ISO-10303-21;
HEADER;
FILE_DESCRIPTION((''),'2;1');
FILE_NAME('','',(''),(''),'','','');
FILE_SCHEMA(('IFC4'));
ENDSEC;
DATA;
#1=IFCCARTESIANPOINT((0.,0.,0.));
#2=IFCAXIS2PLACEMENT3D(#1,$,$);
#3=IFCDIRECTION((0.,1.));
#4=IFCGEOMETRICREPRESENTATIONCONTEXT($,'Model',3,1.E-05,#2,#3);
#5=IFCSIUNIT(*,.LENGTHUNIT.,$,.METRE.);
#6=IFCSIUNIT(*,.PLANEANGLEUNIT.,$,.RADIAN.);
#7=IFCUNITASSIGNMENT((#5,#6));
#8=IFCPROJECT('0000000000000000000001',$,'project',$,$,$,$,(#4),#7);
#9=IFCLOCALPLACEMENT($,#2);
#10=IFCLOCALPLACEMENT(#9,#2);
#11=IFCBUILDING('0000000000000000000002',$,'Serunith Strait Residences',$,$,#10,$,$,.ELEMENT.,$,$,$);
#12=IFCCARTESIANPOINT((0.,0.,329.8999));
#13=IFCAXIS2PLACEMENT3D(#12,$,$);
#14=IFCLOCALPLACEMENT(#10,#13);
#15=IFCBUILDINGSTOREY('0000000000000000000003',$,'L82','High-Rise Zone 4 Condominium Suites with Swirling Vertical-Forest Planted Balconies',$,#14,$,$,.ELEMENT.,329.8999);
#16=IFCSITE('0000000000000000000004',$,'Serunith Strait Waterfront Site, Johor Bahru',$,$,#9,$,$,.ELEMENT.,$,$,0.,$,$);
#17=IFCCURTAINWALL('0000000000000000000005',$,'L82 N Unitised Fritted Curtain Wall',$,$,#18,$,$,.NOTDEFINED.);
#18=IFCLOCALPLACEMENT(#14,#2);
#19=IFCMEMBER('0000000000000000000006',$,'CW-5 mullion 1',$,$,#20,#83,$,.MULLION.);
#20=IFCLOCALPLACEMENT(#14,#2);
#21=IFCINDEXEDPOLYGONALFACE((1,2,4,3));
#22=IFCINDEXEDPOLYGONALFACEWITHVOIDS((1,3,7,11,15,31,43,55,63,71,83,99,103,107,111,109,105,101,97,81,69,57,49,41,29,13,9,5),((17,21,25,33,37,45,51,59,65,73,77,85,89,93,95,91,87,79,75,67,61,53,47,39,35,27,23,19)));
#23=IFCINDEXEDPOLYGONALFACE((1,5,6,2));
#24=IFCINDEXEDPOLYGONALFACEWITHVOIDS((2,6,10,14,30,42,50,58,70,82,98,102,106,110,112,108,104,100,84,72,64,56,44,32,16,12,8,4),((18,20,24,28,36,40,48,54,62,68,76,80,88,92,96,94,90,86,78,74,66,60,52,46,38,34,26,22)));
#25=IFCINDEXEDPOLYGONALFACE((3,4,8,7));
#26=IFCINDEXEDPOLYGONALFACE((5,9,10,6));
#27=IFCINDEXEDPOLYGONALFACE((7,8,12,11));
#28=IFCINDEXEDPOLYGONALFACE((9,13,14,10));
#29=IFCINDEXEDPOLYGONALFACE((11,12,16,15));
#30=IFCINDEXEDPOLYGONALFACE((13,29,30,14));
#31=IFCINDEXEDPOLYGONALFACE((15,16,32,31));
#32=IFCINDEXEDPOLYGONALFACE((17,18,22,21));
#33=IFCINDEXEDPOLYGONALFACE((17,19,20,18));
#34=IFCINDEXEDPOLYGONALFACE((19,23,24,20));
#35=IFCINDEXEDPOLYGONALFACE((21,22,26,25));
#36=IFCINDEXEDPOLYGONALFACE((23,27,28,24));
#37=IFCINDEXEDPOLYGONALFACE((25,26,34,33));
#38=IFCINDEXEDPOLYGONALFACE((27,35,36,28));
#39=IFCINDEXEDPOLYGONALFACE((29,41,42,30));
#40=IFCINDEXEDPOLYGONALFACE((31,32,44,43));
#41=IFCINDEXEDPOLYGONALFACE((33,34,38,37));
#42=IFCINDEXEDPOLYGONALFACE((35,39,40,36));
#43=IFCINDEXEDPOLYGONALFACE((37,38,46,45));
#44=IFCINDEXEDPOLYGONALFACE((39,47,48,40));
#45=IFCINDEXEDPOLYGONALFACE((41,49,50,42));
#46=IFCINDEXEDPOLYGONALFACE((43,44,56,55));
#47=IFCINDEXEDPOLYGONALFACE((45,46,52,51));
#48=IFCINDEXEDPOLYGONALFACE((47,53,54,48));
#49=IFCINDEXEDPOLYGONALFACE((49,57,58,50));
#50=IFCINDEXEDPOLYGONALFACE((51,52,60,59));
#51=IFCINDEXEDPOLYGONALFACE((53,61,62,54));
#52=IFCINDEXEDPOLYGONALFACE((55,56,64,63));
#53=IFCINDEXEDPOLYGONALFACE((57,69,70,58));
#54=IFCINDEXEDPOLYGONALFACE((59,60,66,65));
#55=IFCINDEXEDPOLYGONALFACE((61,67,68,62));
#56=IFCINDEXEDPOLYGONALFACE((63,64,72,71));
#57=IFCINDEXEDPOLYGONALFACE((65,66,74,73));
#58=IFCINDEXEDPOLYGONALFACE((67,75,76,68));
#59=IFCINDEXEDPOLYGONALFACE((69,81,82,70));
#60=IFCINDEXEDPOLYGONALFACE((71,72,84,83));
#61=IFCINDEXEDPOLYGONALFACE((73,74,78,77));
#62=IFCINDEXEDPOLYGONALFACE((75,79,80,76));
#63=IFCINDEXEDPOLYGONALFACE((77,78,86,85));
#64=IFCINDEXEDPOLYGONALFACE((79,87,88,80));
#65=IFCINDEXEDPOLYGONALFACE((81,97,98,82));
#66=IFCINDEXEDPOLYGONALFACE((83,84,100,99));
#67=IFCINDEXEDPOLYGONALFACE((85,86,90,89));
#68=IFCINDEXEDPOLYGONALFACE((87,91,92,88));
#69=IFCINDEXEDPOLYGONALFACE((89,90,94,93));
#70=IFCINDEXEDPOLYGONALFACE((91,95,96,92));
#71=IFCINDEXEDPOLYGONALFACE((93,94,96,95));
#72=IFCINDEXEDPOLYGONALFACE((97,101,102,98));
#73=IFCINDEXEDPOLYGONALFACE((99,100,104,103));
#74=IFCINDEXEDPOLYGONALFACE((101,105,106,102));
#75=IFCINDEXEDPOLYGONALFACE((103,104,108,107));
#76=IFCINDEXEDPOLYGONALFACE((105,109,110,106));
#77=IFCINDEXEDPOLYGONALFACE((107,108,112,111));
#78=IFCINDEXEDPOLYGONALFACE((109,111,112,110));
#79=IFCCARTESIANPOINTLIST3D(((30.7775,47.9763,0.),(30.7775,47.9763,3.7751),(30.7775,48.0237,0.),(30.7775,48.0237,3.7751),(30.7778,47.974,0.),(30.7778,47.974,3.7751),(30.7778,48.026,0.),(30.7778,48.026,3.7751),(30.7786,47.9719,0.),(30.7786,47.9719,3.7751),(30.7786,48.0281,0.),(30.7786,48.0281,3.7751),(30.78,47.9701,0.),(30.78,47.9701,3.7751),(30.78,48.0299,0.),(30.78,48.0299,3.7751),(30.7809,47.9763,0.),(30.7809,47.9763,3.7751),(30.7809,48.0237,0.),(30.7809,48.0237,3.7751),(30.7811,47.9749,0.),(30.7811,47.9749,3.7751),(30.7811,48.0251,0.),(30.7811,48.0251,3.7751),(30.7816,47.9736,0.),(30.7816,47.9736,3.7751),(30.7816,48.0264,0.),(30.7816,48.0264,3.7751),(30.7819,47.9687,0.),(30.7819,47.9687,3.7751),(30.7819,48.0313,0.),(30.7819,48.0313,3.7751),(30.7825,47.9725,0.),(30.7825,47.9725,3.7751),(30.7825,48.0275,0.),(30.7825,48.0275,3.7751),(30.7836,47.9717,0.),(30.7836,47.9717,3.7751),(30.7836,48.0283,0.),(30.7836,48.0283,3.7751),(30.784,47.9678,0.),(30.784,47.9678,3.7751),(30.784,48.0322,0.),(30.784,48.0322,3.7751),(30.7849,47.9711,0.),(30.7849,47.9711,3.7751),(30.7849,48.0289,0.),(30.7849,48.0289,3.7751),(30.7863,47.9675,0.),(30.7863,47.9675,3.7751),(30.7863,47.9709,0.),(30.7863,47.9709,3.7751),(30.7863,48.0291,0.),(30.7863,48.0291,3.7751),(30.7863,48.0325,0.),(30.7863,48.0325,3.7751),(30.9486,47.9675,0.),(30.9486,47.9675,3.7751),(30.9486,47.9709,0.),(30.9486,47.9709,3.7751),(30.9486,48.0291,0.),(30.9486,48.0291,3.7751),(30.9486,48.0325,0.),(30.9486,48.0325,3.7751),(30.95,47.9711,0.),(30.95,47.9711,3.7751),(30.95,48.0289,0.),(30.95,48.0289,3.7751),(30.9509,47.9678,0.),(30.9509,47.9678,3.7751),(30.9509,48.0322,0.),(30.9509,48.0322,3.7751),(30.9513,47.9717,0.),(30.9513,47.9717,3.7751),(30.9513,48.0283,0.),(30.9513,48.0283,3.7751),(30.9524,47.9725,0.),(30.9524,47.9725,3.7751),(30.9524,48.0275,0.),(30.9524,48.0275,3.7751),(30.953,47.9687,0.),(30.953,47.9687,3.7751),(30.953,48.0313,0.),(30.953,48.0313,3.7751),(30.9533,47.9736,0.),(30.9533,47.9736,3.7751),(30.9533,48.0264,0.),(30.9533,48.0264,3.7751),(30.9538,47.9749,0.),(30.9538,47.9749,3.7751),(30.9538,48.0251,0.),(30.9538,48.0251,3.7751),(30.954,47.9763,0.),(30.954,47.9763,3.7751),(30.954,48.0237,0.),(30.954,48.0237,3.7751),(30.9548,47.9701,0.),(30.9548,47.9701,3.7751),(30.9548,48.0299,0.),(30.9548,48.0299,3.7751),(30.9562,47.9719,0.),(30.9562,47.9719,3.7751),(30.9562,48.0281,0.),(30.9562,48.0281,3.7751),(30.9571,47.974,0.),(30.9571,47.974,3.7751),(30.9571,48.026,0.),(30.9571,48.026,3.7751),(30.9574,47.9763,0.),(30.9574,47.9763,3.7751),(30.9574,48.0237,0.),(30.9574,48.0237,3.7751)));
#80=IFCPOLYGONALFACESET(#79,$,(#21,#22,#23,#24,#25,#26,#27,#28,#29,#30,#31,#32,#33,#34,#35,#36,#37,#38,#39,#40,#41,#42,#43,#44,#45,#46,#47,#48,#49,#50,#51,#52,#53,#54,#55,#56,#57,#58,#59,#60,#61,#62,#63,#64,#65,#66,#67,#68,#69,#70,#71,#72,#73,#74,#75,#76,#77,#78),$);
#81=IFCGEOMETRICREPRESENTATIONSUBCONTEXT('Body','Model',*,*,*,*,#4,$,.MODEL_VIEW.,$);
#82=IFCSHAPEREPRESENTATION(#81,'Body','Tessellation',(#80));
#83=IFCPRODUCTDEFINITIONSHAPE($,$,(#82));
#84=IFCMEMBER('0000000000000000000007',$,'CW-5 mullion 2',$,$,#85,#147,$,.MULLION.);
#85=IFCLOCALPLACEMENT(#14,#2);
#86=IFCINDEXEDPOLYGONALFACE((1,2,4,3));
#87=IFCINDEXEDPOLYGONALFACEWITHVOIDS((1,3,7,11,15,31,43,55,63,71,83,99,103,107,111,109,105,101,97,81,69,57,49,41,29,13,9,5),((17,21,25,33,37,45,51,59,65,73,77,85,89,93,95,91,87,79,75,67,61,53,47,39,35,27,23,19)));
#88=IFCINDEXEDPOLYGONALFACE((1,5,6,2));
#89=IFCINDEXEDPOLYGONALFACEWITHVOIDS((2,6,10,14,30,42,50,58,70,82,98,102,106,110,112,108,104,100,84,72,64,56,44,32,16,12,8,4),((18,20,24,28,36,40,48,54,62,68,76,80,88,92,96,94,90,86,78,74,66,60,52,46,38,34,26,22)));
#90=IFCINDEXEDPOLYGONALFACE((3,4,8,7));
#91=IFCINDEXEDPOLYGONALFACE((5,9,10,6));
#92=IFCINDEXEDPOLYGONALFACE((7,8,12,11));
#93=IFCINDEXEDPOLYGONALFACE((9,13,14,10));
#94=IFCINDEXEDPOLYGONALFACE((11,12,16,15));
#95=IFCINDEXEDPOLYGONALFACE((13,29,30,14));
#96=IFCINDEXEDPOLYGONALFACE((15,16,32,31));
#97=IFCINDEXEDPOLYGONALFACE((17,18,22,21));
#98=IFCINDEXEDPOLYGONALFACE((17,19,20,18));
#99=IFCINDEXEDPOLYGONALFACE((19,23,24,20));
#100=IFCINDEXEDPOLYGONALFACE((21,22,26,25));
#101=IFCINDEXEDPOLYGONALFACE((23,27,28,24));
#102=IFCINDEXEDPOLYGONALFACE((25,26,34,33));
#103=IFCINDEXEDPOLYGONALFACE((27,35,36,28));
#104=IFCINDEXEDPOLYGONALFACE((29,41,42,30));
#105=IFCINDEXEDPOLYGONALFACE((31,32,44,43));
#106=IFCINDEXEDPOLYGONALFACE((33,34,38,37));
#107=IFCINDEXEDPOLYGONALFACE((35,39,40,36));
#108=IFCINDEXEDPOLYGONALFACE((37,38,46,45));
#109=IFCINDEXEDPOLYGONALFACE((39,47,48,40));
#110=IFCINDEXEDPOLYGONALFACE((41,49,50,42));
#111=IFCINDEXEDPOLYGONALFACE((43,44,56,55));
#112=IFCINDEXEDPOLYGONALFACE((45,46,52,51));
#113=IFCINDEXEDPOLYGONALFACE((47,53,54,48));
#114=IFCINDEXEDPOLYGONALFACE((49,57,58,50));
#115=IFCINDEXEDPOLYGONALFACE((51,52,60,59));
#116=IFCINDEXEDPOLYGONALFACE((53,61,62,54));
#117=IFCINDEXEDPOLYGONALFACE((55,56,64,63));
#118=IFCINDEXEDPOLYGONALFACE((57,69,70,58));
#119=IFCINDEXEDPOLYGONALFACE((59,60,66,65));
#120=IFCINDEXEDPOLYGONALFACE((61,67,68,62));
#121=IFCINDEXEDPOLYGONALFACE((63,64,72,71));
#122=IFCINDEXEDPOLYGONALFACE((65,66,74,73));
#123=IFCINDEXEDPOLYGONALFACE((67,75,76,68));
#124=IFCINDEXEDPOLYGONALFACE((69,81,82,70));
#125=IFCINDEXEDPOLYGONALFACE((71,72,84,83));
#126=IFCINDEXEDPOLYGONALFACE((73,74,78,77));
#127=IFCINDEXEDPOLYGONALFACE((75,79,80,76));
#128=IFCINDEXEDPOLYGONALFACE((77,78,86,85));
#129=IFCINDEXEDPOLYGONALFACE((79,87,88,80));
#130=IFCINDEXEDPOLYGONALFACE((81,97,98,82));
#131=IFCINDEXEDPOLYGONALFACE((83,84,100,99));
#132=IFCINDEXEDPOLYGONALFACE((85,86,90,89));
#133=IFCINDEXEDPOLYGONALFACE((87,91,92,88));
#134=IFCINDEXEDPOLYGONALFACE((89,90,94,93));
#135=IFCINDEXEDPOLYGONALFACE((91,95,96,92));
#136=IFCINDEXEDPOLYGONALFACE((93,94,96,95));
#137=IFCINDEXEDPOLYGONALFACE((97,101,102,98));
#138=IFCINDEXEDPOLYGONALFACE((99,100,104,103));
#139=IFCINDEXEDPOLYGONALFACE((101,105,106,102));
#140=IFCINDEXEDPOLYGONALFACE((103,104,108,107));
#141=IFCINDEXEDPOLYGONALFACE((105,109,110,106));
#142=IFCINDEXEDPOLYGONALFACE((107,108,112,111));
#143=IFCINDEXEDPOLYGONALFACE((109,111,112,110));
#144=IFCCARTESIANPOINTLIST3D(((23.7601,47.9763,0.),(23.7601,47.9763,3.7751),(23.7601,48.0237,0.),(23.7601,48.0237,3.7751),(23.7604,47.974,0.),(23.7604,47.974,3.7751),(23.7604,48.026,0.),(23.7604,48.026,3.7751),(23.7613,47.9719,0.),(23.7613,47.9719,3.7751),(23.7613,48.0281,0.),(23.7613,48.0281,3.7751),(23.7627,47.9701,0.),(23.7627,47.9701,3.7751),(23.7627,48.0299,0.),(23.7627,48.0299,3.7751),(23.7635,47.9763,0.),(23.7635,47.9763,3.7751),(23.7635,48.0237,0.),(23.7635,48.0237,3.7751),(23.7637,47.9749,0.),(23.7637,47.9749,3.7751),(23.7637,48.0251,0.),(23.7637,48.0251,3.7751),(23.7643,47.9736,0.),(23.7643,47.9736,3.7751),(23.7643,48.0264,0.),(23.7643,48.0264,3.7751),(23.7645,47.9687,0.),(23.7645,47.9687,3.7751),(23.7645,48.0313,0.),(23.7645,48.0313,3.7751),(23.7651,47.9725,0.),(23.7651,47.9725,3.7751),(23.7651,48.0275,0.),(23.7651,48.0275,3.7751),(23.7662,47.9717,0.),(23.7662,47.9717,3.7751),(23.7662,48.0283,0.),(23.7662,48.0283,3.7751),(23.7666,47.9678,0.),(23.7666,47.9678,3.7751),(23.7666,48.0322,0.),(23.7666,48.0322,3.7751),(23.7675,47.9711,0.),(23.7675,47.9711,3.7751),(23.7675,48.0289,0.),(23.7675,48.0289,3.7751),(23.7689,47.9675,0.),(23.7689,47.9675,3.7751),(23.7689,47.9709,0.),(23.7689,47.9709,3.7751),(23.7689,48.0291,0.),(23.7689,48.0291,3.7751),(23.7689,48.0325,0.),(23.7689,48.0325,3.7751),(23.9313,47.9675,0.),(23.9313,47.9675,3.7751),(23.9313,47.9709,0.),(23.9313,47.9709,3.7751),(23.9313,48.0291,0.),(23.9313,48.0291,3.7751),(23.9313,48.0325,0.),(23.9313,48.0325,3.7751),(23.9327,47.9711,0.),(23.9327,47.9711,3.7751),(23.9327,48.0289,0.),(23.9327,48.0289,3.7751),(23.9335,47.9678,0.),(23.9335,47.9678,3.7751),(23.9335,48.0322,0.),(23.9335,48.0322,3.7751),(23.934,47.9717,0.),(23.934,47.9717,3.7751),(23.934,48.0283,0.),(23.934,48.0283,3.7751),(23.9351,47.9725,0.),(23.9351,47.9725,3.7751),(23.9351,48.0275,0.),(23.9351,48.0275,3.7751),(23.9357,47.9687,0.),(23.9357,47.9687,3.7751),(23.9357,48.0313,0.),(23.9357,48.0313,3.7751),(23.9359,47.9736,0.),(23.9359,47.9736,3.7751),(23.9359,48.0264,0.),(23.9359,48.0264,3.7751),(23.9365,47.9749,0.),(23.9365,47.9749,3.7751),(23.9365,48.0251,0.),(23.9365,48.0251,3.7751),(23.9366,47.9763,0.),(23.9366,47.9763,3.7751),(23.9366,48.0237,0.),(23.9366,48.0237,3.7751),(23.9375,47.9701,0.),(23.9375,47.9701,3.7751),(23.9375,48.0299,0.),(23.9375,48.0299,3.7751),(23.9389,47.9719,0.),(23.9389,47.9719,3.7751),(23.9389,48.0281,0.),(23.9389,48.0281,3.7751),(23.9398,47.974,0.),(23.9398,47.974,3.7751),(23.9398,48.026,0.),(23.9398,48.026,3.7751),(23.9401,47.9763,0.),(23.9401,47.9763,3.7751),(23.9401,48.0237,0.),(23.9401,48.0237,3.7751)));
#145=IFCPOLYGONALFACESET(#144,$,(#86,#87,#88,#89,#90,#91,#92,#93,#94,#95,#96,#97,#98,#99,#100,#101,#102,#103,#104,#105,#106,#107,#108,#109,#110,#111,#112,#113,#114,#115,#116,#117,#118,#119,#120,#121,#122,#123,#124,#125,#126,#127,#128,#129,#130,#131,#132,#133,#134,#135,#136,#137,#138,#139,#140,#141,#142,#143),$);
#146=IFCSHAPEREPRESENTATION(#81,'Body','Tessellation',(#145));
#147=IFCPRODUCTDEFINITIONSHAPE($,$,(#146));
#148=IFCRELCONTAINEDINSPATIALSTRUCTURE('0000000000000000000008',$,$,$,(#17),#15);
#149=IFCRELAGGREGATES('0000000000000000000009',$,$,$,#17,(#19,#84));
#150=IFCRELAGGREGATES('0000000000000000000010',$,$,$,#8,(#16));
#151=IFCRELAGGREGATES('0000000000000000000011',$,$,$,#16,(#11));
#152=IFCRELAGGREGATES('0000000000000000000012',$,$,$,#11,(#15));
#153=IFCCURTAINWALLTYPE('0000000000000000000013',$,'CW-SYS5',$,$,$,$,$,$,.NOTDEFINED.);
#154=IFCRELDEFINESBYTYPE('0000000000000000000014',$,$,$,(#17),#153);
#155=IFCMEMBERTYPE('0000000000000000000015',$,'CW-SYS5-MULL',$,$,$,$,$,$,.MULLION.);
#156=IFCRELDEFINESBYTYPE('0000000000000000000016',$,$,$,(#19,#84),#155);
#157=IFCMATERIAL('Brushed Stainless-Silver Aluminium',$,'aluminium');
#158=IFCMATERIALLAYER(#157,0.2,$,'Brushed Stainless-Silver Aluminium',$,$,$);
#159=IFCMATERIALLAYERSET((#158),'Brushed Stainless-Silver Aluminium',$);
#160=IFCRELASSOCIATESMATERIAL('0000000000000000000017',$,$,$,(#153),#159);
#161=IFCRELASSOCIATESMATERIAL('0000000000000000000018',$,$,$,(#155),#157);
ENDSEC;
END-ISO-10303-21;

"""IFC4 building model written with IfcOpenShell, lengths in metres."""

from ifc_helpers import new_model, si_unit, direction, frame, origin, origin_2d, place, context, subcontext, project, spatial, hollow_rectangle, extrude, source, transform, mapped, material, layer, layer_set, material_profile, profile_set, type_object, element, aggregate, save


model = new_model("IFC4")

# Units and contexts
model_context = context("Model", 3, precision=1e-05, world=origin(), true_north=direction((0.0, 1.0)))
body_context = subcontext(model_context, "Body", "Model", "MODEL_VIEW")
ifc_project = project(units=[si_unit("LENGTHUNIT", "METRE"), si_unit("PLANEANGLEUNIT", "RADIAN")], contexts=[model_context])

# Site, building, storey
site_placement = place(None, origin())
site = spatial("IfcSite", under=ifc_project, at=site_placement, Name="Serunith Strait Waterfront Site, Johor Bahru", CompositionType="ELEMENT", RefElevation=0.0)
building_placement = place(site_placement, origin())
building = spatial("IfcBuilding", under=site, at=building_placement, Name="Serunith Strait Residences", CompositionType="ELEMENT")
storey_placement = place(building_placement, frame((0.0, 0.0, 329.8999)))
storey = spatial("IfcBuildingStorey", under=building, at=storey_placement, Name="L82", Description="High-Rise Zone 4 Condominium Suites with Swirling Vertical-Forest Planted Balconies", CompositionType="ELEMENT", Elevation=329.8999)

# Curtain wall, members
ifc_material_1 = material(Name="Brushed Stainless-Silver Aluminium", Category="aluminium")
ifc_layer_1 = layer(ifc_material_1, 0.2, Name="Brushed Stainless-Silver Aluminium")
ifc_layer_set_1 = layer_set([ifc_layer_1], Name="Brushed Stainless-Silver Aluminium")
curtain_wall_type = type_object("IfcCurtainWallType", Name="CW-SYS5", PredefinedType="NOTDEFINED", material=ifc_layer_set_1)
curtain_wall_placement = place(storey_placement, origin())
curtain_wall = element("IfcCurtainWall", 1, at=curtain_wall_placement, inside=storey, type_object=curtain_wall_type, Name="L82 N Unitised Fritted Curtain Wall", PredefinedType="NOTDEFINED")
ifc_material_profile_1 = material_profile(ifc_material_1, hollow_rectangle(XDim=0.0649, YDim=0.1799, WallThickness=0.0034, InnerFilletRadius=0.0054, OuterFilletRadius=0.0088, at=origin_2d()), Name="ALU 180x65x3.5")
ifc_profile_set_1 = profile_set([ifc_material_profile_1], Name="Brushed Stainless-Silver Aluminium")
member_type_1 = type_object("IfcMemberType", Name="CW-SYS5-MULL", PredefinedType="MULLION", material=ifc_profile_set_1)
shared_shape_1 = source(origin(), body_context, "Body", "SweptSolid", [
    extrude(hollow_rectangle(XDim=0.0649, YDim=0.1799, WallThickness=0.0034, InnerFilletRadius=0.0054, OuterFilletRadius=0.0088, at=origin_2d()), origin(), (0.0, 0.0, 1.0), 3.7751),
])
member_1_placement = place(storey_placement, frame((30.8674, 48.0, 0.0), z_axis=(0.0, 0.0, 1.0), x_axis=(0.0, -1.0, 0.0)))
member_1 = element("IfcMember", 2, at=member_1_placement, type_object=member_type_1, Name="CW-5 mullion 1", PredefinedType="MULLION", context=body_context, shape_type="MappedRepresentation", body=[
    mapped(shared_shape_1, transform((0.0, 0.0, 0.0), scale=1.0)),
])
member_2_placement = place(storey_placement, frame((23.8501, 48.0, 0.0), z_axis=(0.0, 0.0, 1.0), x_axis=(0.0, -1.0, 0.0)))
member_2 = element("IfcMember", 3, at=member_2_placement, type_object=member_type_1, Name="CW-5 mullion 2", PredefinedType="MULLION", context=body_context, shape_type="MappedRepresentation", body=[
    mapped(shared_shape_1, transform((0.0, 0.0, 0.0), scale=1.0)),
])
aggregate(curtain_wall, [member_1, member_2])

save(model, "model.ifc")
